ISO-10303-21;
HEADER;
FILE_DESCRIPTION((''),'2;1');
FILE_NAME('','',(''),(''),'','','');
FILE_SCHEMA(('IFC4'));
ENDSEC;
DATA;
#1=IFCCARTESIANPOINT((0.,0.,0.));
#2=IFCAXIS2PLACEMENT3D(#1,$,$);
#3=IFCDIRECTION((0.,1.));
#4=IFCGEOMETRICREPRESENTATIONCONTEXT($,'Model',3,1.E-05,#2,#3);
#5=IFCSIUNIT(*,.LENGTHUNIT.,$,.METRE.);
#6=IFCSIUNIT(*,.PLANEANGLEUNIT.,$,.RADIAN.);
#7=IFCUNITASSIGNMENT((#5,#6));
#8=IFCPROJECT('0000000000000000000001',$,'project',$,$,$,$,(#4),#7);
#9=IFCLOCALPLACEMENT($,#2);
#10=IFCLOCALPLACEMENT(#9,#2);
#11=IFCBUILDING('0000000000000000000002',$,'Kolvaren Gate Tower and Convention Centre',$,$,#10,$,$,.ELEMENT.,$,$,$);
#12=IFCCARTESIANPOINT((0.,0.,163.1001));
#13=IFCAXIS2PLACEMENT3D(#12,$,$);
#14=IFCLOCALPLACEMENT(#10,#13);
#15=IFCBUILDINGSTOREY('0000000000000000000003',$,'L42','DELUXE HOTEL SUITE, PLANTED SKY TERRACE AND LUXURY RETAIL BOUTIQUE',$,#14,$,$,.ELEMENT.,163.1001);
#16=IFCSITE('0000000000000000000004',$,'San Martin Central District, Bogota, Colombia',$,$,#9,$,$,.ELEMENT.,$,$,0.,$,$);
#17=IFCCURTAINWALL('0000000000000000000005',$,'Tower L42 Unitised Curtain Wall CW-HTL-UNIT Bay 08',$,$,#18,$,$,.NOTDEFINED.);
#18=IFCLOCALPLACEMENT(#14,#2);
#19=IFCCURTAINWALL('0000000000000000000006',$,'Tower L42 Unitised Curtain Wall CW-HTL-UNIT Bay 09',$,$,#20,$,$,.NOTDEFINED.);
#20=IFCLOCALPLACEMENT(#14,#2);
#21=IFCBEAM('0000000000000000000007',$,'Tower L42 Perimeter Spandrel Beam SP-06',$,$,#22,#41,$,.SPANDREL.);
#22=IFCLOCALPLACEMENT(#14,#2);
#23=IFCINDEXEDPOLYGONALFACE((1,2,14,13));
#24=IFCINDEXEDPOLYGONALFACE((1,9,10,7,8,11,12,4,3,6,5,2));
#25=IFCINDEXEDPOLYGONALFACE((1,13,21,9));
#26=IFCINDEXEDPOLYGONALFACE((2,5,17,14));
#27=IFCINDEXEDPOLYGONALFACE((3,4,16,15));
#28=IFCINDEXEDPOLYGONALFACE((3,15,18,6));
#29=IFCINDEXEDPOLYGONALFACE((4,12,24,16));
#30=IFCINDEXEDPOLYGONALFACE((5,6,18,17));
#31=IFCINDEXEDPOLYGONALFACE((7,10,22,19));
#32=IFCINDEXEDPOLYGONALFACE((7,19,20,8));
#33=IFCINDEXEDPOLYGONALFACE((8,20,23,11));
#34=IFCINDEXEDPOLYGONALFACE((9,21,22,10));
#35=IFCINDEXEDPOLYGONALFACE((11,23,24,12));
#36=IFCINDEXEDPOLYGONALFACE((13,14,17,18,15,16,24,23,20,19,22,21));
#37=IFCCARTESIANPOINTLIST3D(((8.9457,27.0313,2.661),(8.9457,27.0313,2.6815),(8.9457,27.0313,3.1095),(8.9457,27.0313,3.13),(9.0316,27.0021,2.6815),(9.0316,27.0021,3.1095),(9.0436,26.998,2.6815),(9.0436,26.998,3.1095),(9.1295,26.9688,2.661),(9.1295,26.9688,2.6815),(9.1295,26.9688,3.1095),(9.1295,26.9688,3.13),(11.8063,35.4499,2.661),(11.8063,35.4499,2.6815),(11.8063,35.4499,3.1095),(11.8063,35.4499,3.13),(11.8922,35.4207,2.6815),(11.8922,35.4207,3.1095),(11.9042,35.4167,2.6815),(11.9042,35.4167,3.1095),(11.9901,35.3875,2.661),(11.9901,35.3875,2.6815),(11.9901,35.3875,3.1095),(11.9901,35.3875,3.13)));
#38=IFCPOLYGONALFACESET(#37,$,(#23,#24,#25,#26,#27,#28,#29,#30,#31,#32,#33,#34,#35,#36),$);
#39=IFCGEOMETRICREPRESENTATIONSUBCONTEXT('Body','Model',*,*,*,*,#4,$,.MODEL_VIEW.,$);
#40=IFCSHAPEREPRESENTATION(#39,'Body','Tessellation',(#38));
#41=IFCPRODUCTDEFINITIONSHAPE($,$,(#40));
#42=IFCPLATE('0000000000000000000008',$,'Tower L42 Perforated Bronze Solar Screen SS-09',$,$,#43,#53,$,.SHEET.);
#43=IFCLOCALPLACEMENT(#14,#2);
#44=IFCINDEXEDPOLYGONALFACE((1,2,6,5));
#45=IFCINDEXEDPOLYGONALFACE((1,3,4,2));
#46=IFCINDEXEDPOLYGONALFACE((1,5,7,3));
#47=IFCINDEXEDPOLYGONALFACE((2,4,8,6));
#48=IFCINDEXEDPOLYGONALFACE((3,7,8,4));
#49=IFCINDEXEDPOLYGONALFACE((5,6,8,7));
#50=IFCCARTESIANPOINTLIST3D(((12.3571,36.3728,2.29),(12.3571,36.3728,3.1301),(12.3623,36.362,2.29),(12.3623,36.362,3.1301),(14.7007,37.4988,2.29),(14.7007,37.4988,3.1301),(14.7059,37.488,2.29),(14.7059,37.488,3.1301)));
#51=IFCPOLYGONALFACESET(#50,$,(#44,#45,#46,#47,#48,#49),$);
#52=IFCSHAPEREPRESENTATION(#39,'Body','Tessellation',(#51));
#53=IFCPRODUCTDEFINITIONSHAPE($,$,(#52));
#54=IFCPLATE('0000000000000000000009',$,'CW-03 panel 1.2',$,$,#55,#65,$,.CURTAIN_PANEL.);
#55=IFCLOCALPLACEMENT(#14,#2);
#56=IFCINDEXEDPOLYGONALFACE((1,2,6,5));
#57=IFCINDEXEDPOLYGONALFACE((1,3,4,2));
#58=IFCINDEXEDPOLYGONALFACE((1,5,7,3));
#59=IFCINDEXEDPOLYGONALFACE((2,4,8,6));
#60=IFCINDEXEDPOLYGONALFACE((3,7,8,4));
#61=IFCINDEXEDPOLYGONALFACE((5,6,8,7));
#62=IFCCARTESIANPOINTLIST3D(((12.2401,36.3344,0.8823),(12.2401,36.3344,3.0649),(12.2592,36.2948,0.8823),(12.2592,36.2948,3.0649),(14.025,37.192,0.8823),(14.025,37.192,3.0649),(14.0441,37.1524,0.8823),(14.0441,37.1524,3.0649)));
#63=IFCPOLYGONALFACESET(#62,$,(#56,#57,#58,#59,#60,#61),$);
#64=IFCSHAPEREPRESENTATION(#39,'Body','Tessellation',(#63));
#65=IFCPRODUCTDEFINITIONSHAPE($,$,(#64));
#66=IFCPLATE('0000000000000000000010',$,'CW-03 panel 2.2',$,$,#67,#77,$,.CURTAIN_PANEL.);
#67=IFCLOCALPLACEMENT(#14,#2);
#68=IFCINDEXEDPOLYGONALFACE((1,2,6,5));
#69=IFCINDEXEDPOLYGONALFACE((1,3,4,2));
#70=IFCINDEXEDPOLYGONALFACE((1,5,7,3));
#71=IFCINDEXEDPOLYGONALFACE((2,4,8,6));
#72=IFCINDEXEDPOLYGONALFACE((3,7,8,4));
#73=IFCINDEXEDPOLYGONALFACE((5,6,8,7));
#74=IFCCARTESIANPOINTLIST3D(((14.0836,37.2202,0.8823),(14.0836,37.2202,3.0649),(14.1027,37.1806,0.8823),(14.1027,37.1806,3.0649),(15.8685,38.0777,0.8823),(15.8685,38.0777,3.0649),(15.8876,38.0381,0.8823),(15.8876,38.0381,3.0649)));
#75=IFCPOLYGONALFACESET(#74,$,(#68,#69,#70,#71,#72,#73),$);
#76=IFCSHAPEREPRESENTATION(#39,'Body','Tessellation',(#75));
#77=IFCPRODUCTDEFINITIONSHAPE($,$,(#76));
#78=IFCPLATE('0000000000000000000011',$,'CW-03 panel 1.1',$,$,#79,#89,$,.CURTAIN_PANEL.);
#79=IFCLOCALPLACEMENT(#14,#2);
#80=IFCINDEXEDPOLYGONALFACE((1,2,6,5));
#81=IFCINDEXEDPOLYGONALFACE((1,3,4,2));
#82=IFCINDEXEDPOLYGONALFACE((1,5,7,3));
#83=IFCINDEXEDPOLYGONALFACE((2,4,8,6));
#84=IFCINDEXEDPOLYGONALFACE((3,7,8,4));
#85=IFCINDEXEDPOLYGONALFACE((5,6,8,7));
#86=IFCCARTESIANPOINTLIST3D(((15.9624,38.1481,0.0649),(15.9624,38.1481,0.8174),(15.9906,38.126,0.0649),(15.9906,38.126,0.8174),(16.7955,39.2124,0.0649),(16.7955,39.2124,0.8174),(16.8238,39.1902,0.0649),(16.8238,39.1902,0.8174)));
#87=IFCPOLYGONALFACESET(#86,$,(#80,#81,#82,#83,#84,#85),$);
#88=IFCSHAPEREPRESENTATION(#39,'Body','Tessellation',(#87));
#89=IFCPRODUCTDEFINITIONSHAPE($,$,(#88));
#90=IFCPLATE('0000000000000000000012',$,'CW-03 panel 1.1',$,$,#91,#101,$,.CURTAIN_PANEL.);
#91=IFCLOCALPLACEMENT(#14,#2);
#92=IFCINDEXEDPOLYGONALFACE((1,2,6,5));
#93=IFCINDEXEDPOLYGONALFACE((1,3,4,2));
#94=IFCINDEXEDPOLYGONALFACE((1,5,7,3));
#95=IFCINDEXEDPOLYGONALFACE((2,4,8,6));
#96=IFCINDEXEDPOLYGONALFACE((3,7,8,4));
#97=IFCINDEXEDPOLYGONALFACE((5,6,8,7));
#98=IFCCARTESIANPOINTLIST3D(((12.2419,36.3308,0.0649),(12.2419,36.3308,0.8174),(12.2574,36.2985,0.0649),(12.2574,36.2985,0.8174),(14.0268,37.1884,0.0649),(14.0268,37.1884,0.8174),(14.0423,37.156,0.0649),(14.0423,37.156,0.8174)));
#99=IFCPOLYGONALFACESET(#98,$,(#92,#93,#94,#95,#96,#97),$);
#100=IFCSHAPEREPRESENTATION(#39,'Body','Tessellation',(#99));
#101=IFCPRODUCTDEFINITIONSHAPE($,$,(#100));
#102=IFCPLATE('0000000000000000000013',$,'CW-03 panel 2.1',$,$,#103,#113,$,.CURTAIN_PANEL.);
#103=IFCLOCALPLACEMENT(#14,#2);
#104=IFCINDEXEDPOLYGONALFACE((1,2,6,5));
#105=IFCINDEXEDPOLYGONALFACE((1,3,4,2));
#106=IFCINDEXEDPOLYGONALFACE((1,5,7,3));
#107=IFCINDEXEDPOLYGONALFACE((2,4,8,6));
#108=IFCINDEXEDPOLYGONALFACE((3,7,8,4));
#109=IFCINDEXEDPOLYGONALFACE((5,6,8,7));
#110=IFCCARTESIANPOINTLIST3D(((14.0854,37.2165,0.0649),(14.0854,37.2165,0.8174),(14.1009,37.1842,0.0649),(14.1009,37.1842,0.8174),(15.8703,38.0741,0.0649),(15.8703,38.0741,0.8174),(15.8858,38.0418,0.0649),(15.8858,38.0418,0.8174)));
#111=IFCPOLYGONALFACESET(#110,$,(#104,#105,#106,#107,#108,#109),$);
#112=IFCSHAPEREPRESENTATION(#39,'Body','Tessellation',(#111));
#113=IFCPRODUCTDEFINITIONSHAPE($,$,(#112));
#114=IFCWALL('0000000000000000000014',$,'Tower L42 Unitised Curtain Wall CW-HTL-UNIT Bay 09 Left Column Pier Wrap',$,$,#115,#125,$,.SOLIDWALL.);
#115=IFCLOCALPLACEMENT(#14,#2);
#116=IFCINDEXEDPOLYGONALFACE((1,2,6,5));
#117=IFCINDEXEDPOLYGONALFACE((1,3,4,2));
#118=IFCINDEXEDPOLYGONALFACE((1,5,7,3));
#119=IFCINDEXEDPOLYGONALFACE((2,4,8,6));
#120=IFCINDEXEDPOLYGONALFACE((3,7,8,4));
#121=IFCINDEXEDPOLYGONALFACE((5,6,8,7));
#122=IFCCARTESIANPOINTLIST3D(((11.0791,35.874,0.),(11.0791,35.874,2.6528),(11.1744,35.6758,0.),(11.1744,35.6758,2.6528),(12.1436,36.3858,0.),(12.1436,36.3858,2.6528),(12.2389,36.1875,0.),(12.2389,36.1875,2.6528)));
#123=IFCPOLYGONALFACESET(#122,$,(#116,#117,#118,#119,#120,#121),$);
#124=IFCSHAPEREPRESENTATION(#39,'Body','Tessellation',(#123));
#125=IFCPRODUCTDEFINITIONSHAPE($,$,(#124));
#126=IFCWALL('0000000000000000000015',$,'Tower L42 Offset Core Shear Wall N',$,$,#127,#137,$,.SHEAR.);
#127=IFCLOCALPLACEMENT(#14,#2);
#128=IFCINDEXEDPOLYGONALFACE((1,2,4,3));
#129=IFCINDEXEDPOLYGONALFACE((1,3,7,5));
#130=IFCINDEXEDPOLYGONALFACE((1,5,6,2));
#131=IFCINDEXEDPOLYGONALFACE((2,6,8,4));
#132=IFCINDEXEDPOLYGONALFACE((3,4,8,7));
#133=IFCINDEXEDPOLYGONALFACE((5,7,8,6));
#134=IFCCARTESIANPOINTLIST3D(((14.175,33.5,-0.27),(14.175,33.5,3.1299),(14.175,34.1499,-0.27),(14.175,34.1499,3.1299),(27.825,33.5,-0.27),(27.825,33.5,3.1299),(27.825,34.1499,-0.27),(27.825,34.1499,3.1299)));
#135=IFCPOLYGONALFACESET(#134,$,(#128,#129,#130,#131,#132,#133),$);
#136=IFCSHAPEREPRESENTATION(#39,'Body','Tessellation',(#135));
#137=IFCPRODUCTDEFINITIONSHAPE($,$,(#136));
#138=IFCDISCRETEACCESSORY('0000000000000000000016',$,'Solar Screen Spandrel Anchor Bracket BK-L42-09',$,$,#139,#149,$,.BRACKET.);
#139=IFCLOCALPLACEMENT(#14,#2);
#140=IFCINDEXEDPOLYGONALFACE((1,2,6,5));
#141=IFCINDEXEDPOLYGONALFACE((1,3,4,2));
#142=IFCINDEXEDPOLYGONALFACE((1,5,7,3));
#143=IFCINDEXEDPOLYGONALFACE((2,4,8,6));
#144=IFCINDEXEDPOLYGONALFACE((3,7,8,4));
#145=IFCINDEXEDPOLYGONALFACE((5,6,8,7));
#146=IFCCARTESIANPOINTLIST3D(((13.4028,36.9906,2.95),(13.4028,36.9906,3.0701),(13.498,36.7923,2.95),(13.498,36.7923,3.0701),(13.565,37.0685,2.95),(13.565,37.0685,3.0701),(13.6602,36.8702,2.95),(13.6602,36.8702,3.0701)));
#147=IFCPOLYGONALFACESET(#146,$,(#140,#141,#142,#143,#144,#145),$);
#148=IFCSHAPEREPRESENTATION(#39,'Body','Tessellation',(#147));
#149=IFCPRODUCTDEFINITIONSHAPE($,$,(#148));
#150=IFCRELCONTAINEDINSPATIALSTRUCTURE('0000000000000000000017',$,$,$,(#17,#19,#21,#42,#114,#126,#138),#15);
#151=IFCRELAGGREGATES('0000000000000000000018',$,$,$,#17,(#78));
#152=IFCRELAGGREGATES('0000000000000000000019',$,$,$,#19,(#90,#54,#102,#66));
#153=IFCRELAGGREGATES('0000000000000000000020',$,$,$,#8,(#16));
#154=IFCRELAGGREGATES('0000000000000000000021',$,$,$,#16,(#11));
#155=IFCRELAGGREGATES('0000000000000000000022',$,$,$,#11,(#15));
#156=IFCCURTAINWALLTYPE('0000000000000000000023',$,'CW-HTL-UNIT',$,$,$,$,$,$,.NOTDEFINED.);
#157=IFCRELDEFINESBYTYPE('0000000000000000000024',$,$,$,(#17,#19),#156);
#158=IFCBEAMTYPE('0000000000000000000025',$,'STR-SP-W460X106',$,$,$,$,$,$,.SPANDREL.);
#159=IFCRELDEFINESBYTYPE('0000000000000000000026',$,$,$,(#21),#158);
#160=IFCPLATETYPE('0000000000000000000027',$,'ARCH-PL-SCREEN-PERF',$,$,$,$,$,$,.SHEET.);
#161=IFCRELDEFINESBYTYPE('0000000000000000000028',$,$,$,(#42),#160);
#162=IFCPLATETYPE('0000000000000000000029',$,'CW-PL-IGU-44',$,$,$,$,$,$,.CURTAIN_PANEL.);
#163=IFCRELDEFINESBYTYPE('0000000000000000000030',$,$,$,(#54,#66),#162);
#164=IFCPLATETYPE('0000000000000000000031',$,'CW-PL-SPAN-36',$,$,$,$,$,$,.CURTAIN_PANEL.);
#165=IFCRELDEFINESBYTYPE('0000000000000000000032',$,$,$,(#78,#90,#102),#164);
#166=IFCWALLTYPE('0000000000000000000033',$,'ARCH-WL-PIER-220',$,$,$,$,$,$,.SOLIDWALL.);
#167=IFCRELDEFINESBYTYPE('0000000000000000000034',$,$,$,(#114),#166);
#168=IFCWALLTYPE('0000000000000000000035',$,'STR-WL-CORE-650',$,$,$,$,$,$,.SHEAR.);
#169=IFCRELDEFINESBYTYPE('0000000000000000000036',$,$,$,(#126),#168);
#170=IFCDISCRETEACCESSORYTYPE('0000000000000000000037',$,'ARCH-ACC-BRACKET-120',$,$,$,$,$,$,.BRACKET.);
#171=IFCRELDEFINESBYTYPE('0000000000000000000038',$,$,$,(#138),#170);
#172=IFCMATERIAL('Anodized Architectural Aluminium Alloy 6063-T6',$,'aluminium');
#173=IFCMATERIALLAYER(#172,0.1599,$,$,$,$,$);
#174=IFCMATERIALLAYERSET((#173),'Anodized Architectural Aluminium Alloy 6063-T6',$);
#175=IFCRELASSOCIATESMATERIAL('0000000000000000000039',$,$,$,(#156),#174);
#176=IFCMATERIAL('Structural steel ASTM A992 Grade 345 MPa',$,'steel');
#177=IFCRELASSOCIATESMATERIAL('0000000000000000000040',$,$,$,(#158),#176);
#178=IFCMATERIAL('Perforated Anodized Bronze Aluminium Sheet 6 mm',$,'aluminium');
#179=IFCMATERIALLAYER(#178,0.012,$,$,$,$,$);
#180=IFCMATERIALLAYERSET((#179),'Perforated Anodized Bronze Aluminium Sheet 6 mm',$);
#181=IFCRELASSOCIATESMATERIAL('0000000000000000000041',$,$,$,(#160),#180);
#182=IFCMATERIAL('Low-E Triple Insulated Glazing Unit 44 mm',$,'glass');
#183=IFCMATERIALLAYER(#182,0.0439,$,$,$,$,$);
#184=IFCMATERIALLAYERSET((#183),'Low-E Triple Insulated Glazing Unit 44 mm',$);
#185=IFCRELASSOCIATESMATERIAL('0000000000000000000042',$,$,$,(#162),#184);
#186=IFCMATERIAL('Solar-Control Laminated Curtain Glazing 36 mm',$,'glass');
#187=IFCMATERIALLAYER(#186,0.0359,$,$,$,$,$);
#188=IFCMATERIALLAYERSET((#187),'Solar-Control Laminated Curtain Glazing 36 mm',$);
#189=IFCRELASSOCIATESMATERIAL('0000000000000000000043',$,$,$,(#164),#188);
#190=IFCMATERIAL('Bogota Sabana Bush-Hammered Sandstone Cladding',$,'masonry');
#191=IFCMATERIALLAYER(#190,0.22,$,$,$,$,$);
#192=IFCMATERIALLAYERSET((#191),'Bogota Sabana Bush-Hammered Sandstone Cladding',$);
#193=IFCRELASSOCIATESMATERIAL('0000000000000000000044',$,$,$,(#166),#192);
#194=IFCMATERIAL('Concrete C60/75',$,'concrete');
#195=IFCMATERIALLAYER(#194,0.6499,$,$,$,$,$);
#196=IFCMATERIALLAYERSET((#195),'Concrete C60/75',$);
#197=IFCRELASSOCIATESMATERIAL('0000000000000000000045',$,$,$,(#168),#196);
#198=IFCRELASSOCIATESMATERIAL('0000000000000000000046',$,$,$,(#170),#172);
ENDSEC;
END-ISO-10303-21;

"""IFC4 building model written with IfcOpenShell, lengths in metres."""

from ifc_helpers import new_model, si_unit, direction, frame, frame_2d, origin, origin_2d, place, context, subcontext, project, spatial, rectangle, i_section, extrude, material, layer, layer_set, material_profile, profile_set, type_object, element, aggregate, save


model = new_model("IFC4")

# Units and contexts
model_context = context("Model", 3, precision=1e-05, world=origin(), true_north=direction((0.0, 1.0)))
body_context = subcontext(model_context, "Body", "Model", "MODEL_VIEW")
ifc_project = project(units=[si_unit("LENGTHUNIT", "METRE"), si_unit("PLANEANGLEUNIT", "RADIAN")], contexts=[model_context])

# Site, building, storey
site_placement = place(None, origin())
site = spatial("IfcSite", under=ifc_project, at=site_placement, Name="San Martin Central District, Bogota, Colombia", CompositionType="ELEMENT", RefElevation=0.0)
building_placement = place(site_placement, origin())
building = spatial("IfcBuilding", under=site, at=building_placement, Name="Kolvaren Gate Tower and Convention Centre", CompositionType="ELEMENT")
storey_placement = place(building_placement, frame((0.0, 0.0, 163.1001)))
storey = spatial("IfcBuildingStorey", under=building, at=storey_placement, Name="L42", Description="DELUXE HOTEL SUITE, PLANTED SKY TERRACE AND LUXURY RETAIL BOUTIQUE", CompositionType="ELEMENT", Elevation=163.1001)

# Curtain wall
ifc_material_1 = material(Name="Anodized Architectural Aluminium Alloy 6063-T6", Category="aluminium")
ifc_layer_1 = layer(ifc_material_1, 0.1599)
ifc_layer_set_1 = layer_set([ifc_layer_1], Name="Anodized Architectural Aluminium Alloy 6063-T6")
curtain_wall_type = type_object("IfcCurtainWallType", Name="CW-HTL-UNIT", PredefinedType="NOTDEFINED", material=ifc_layer_set_1)
curtain_wall_1_placement = place(storey_placement, origin())
curtain_wall_1 = element("IfcCurtainWall", 1, at=curtain_wall_1_placement, inside=storey, type_object=curtain_wall_type, Name="Tower L42 Unitised Curtain Wall CW-HTL-UNIT Bay 08", PredefinedType="NOTDEFINED")

# Curtain wall
curtain_wall_2_placement = place(storey_placement, origin())
curtain_wall_2 = element("IfcCurtainWall", 2, at=curtain_wall_2_placement, inside=storey, type_object=curtain_wall_type, Name="Tower L42 Unitised Curtain Wall CW-HTL-UNIT Bay 09", PredefinedType="NOTDEFINED")

# Beam
ifc_material_2 = material(Name="Structural steel ASTM A992 Grade 345 MPa", Category="steel")
ifc_material_profile_1 = material_profile(ifc_material_2, i_section(OverallWidth=0.1941, OverallDepth=0.469, WebThickness=0.0127, FlangeThickness=0.0205, at=origin_2d()), Name="W460X106")
ifc_profile_set_1 = profile_set([ifc_material_profile_1], Name="Structural steel ASTM A992 Grade 345 MPa")
beam_type = type_object("IfcBeamType", Name="STR-SP-W460X106", PredefinedType="SPANDREL", material=ifc_profile_set_1)
beam_placement = place(storey_placement, frame((11.8982, 35.4187, 2.8955), z_axis=(-0.321725, -0.946833, 0.0), x_axis=(0.946833, -0.321725, 0.0)))
element("IfcBeam", 3, at=beam_placement, inside=storey, type_object=beam_type, Name="Tower L42 Perimeter Spandrel Beam SP-06", PredefinedType="SPANDREL", context=body_context, shape_type="SweptSolid", body=[
    extrude(i_section(OverallWidth=0.1941, OverallDepth=0.469, WebThickness=0.0127, FlangeThickness=0.0205, at=origin_2d()), origin(), (0.0, 0.0, 1.0), 8.8914),
])

# Plates
ifc_material_3 = material(Name="Perforated Anodized Bronze Aluminium Sheet 6 mm", Category="aluminium")
ifc_layer_2 = layer(ifc_material_3, 0.012)
ifc_layer_set_2 = layer_set([ifc_layer_2], Name="Perforated Anodized Bronze Aluminium Sheet 6 mm")
plate_type_1 = type_object("IfcPlateType", Name="ARCH-PL-SCREEN-PERF", PredefinedType="SHEET", material=ifc_layer_set_2)
plate_1_placement = place(storey_placement, frame((13.5315, 36.9304, 2.29), z_axis=(0.0, 0.0, 1.0), x_axis=(0.901358, 0.433074, 0.0)))
element("IfcPlate", 4, at=plate_1_placement, inside=storey, type_object=plate_type_1, Name="Tower L42 Perforated Bronze Solar Screen SS-09", PredefinedType="SHEET", context=body_context, shape_type="SweptSolid", body=[
    extrude(rectangle(XDim=2.6001, YDim=0.012, at=origin_2d()), origin(), (0.0, 0.0, 1.0), 0.8401),
])
ifc_material_4 = material(Name="Low-E Triple Insulated Glazing Unit 44 mm", Category="glass")
ifc_layer_3 = layer(ifc_material_4, 0.0439)
ifc_layer_set_3 = layer_set([ifc_layer_3], Name="Low-E Triple Insulated Glazing Unit 44 mm")
plate_type_2 = type_object("IfcPlateType", Name="CW-PL-IGU-44", PredefinedType="CURTAIN_PANEL", material=ifc_layer_set_3)
plate_2_placement = place(storey_placement, frame((13.1421, 36.7434, 0.8823), z_axis=(0.0, 0.0, 1.0), x_axis=(0.901363, 0.433065, 0.0)))
plate_2 = element("IfcPlate", 5, at=plate_2_placement, type_object=plate_type_2, Name="CW-03 panel 1.2", PredefinedType="CURTAIN_PANEL", context=body_context, shape_type="SweptSolid", body=[
    extrude(rectangle(XDim=1.9802, YDim=0.0439, at=origin_2d()), origin(), (0.0, 0.0, 1.0), 2.1826),
])
plate_3_placement = place(storey_placement, frame((14.9856, 37.6292, 0.8823), z_axis=(0.0, 0.0, 1.0), x_axis=(0.901363, 0.433065, 0.0)))
plate_3 = element("IfcPlate", 6, at=plate_3_placement, type_object=plate_type_2, Name="CW-03 panel 2.2", PredefinedType="CURTAIN_PANEL", context=body_context, shape_type="SweptSolid", body=[
    extrude(rectangle(XDim=1.9802, YDim=0.0439, at=origin_2d()), origin(), (0.0, 0.0, 1.0), 2.1826),
])
ifc_material_5 = material(Name="Solar-Control Laminated Curtain Glazing 36 mm", Category="glass")
ifc_layer_4 = layer(ifc_material_5, 0.0359)
ifc_layer_set_4 = layer_set([ifc_layer_4], Name="Solar-Control Laminated Curtain Glazing 36 mm")
plate_type_3 = type_object("IfcPlateType", Name="CW-PL-SPAN-36", PredefinedType="CURTAIN_PANEL", material=ifc_layer_set_4)
plate_4_placement = place(storey_placement, frame((16.3931, 38.6692, 0.0649), z_axis=(0.0, 0.0, 1.0), x_axis=(0.616449, 0.787395, 0.0)))
plate_4 = element("IfcPlate", 7, at=plate_4_placement, type_object=plate_type_3, Name="CW-03 panel 1.1", PredefinedType="CURTAIN_PANEL", context=body_context, shape_type="SweptSolid", body=[
    extrude(rectangle(XDim=1.3516, YDim=0.0359, at=origin_2d()), origin(), (0.0, 0.0, 1.0), 0.7524),
])
aggregate(curtain_wall_1, [plate_4])
plate_5_placement = place(storey_placement, frame((13.1421, 36.7434, 0.0649), z_axis=(0.0, 0.0, 1.0), x_axis=(0.901363, 0.433065, 0.0)))
plate_5 = element("IfcPlate", 8, at=plate_5_placement, type_object=plate_type_3, Name="CW-03 panel 1.1", PredefinedType="CURTAIN_PANEL", context=body_context, shape_type="SweptSolid", body=[
    extrude(rectangle(XDim=1.9802, YDim=0.0359, at=origin_2d()), origin(), (0.0, 0.0, 1.0), 0.7524),
])
plate_6_placement = place(storey_placement, frame((14.9856, 37.6292, 0.0649), z_axis=(0.0, 0.0, 1.0), x_axis=(0.901363, 0.433065, 0.0)))
plate_6 = element("IfcPlate", 9, at=plate_6_placement, type_object=plate_type_3, Name="CW-03 panel 2.1", PredefinedType="CURTAIN_PANEL", context=body_context, shape_type="SweptSolid", body=[
    extrude(rectangle(XDim=1.9802, YDim=0.0359, at=origin_2d()), origin(), (0.0, 0.0, 1.0), 0.7524),
])
aggregate(curtain_wall_2, [plate_5, plate_2, plate_6, plate_3])

# Walls
ifc_material_6 = material(Name="Bogota Sabana Bush-Hammered Sandstone Cladding", Category="masonry")
ifc_layer_5 = layer(ifc_material_6, 0.22)
ifc_layer_set_5 = layer_set([ifc_layer_5], Name="Bogota Sabana Bush-Hammered Sandstone Cladding")
wall_type_1 = type_object("IfcWallType", Name="ARCH-WL-PIER-220", PredefinedType="SOLIDWALL", material=ifc_layer_set_5)
wall_1_placement = place(storey_placement, frame((11.1267, 35.7749, 0.0), z_axis=(0.0, 0.0, 1.0), x_axis=(0.901265, 0.433269, 0.0)))
element("IfcWall", 10, at=wall_1_placement, inside=storey, type_object=wall_type_1, Name="Tower L42 Unitised Curtain Wall CW-HTL-UNIT Bay 09 Left Column Pier Wrap", PredefinedType="SOLIDWALL", context=body_context, shape_type="SweptSolid", body=[
    extrude(rectangle(XDim=1.1812, YDim=0.22, at=frame_2d((0.5906, 0.0))), origin(), (0.0, 0.0, 1.0), 2.6528),
])
ifc_material_7 = material(Name="Concrete C60/75", Category="concrete")
ifc_layer_6 = layer(ifc_material_7, 0.6499)
ifc_layer_set_6 = layer_set([ifc_layer_6], Name="Concrete C60/75")
wall_type_2 = type_object("IfcWallType", Name="STR-WL-CORE-650", PredefinedType="SHEAR", material=ifc_layer_set_6)
wall_2_placement = place(storey_placement, frame((14.175, 33.825, -0.27), z_axis=(0.0, 0.0, 1.0), x_axis=(1.0, 0.0, 0.0)))
element("IfcWall", 11, at=wall_2_placement, inside=storey, type_object=wall_type_2, Name="Tower L42 Offset Core Shear Wall N", PredefinedType="SHEAR", context=body_context, shape_type="SweptSolid", body=[
    extrude(rectangle(XDim=13.6499, YDim=0.6499, at=frame_2d((6.825, 0.0))), origin(), (0.0, 0.0, 1.0), 3.3999),
])

# Discrete accessory
discrete_accessory_type = type_object("IfcDiscreteAccessoryType", Name="ARCH-ACC-BRACKET-120", PredefinedType="BRACKET", material=ifc_material_1)
discrete_accessory_placement = place(storey_placement, frame((13.5315, 36.9304, 2.95), z_axis=(0.0, 0.0, 1.0), x_axis=(0.901358, 0.433074, 0.0)))
element("IfcDiscreteAccessory", 12, at=discrete_accessory_placement, inside=storey, type_object=discrete_accessory_type, Name="Solar Screen Spandrel Anchor Bracket BK-L42-09", PredefinedType="BRACKET", context=body_context, shape_type="SweptSolid", body=[
    extrude(rectangle(XDim=0.1799, YDim=0.22, at=origin_2d()), origin(), (0.0, 0.0, 1.0), 0.1201),
])

save(model, "model.ifc")
